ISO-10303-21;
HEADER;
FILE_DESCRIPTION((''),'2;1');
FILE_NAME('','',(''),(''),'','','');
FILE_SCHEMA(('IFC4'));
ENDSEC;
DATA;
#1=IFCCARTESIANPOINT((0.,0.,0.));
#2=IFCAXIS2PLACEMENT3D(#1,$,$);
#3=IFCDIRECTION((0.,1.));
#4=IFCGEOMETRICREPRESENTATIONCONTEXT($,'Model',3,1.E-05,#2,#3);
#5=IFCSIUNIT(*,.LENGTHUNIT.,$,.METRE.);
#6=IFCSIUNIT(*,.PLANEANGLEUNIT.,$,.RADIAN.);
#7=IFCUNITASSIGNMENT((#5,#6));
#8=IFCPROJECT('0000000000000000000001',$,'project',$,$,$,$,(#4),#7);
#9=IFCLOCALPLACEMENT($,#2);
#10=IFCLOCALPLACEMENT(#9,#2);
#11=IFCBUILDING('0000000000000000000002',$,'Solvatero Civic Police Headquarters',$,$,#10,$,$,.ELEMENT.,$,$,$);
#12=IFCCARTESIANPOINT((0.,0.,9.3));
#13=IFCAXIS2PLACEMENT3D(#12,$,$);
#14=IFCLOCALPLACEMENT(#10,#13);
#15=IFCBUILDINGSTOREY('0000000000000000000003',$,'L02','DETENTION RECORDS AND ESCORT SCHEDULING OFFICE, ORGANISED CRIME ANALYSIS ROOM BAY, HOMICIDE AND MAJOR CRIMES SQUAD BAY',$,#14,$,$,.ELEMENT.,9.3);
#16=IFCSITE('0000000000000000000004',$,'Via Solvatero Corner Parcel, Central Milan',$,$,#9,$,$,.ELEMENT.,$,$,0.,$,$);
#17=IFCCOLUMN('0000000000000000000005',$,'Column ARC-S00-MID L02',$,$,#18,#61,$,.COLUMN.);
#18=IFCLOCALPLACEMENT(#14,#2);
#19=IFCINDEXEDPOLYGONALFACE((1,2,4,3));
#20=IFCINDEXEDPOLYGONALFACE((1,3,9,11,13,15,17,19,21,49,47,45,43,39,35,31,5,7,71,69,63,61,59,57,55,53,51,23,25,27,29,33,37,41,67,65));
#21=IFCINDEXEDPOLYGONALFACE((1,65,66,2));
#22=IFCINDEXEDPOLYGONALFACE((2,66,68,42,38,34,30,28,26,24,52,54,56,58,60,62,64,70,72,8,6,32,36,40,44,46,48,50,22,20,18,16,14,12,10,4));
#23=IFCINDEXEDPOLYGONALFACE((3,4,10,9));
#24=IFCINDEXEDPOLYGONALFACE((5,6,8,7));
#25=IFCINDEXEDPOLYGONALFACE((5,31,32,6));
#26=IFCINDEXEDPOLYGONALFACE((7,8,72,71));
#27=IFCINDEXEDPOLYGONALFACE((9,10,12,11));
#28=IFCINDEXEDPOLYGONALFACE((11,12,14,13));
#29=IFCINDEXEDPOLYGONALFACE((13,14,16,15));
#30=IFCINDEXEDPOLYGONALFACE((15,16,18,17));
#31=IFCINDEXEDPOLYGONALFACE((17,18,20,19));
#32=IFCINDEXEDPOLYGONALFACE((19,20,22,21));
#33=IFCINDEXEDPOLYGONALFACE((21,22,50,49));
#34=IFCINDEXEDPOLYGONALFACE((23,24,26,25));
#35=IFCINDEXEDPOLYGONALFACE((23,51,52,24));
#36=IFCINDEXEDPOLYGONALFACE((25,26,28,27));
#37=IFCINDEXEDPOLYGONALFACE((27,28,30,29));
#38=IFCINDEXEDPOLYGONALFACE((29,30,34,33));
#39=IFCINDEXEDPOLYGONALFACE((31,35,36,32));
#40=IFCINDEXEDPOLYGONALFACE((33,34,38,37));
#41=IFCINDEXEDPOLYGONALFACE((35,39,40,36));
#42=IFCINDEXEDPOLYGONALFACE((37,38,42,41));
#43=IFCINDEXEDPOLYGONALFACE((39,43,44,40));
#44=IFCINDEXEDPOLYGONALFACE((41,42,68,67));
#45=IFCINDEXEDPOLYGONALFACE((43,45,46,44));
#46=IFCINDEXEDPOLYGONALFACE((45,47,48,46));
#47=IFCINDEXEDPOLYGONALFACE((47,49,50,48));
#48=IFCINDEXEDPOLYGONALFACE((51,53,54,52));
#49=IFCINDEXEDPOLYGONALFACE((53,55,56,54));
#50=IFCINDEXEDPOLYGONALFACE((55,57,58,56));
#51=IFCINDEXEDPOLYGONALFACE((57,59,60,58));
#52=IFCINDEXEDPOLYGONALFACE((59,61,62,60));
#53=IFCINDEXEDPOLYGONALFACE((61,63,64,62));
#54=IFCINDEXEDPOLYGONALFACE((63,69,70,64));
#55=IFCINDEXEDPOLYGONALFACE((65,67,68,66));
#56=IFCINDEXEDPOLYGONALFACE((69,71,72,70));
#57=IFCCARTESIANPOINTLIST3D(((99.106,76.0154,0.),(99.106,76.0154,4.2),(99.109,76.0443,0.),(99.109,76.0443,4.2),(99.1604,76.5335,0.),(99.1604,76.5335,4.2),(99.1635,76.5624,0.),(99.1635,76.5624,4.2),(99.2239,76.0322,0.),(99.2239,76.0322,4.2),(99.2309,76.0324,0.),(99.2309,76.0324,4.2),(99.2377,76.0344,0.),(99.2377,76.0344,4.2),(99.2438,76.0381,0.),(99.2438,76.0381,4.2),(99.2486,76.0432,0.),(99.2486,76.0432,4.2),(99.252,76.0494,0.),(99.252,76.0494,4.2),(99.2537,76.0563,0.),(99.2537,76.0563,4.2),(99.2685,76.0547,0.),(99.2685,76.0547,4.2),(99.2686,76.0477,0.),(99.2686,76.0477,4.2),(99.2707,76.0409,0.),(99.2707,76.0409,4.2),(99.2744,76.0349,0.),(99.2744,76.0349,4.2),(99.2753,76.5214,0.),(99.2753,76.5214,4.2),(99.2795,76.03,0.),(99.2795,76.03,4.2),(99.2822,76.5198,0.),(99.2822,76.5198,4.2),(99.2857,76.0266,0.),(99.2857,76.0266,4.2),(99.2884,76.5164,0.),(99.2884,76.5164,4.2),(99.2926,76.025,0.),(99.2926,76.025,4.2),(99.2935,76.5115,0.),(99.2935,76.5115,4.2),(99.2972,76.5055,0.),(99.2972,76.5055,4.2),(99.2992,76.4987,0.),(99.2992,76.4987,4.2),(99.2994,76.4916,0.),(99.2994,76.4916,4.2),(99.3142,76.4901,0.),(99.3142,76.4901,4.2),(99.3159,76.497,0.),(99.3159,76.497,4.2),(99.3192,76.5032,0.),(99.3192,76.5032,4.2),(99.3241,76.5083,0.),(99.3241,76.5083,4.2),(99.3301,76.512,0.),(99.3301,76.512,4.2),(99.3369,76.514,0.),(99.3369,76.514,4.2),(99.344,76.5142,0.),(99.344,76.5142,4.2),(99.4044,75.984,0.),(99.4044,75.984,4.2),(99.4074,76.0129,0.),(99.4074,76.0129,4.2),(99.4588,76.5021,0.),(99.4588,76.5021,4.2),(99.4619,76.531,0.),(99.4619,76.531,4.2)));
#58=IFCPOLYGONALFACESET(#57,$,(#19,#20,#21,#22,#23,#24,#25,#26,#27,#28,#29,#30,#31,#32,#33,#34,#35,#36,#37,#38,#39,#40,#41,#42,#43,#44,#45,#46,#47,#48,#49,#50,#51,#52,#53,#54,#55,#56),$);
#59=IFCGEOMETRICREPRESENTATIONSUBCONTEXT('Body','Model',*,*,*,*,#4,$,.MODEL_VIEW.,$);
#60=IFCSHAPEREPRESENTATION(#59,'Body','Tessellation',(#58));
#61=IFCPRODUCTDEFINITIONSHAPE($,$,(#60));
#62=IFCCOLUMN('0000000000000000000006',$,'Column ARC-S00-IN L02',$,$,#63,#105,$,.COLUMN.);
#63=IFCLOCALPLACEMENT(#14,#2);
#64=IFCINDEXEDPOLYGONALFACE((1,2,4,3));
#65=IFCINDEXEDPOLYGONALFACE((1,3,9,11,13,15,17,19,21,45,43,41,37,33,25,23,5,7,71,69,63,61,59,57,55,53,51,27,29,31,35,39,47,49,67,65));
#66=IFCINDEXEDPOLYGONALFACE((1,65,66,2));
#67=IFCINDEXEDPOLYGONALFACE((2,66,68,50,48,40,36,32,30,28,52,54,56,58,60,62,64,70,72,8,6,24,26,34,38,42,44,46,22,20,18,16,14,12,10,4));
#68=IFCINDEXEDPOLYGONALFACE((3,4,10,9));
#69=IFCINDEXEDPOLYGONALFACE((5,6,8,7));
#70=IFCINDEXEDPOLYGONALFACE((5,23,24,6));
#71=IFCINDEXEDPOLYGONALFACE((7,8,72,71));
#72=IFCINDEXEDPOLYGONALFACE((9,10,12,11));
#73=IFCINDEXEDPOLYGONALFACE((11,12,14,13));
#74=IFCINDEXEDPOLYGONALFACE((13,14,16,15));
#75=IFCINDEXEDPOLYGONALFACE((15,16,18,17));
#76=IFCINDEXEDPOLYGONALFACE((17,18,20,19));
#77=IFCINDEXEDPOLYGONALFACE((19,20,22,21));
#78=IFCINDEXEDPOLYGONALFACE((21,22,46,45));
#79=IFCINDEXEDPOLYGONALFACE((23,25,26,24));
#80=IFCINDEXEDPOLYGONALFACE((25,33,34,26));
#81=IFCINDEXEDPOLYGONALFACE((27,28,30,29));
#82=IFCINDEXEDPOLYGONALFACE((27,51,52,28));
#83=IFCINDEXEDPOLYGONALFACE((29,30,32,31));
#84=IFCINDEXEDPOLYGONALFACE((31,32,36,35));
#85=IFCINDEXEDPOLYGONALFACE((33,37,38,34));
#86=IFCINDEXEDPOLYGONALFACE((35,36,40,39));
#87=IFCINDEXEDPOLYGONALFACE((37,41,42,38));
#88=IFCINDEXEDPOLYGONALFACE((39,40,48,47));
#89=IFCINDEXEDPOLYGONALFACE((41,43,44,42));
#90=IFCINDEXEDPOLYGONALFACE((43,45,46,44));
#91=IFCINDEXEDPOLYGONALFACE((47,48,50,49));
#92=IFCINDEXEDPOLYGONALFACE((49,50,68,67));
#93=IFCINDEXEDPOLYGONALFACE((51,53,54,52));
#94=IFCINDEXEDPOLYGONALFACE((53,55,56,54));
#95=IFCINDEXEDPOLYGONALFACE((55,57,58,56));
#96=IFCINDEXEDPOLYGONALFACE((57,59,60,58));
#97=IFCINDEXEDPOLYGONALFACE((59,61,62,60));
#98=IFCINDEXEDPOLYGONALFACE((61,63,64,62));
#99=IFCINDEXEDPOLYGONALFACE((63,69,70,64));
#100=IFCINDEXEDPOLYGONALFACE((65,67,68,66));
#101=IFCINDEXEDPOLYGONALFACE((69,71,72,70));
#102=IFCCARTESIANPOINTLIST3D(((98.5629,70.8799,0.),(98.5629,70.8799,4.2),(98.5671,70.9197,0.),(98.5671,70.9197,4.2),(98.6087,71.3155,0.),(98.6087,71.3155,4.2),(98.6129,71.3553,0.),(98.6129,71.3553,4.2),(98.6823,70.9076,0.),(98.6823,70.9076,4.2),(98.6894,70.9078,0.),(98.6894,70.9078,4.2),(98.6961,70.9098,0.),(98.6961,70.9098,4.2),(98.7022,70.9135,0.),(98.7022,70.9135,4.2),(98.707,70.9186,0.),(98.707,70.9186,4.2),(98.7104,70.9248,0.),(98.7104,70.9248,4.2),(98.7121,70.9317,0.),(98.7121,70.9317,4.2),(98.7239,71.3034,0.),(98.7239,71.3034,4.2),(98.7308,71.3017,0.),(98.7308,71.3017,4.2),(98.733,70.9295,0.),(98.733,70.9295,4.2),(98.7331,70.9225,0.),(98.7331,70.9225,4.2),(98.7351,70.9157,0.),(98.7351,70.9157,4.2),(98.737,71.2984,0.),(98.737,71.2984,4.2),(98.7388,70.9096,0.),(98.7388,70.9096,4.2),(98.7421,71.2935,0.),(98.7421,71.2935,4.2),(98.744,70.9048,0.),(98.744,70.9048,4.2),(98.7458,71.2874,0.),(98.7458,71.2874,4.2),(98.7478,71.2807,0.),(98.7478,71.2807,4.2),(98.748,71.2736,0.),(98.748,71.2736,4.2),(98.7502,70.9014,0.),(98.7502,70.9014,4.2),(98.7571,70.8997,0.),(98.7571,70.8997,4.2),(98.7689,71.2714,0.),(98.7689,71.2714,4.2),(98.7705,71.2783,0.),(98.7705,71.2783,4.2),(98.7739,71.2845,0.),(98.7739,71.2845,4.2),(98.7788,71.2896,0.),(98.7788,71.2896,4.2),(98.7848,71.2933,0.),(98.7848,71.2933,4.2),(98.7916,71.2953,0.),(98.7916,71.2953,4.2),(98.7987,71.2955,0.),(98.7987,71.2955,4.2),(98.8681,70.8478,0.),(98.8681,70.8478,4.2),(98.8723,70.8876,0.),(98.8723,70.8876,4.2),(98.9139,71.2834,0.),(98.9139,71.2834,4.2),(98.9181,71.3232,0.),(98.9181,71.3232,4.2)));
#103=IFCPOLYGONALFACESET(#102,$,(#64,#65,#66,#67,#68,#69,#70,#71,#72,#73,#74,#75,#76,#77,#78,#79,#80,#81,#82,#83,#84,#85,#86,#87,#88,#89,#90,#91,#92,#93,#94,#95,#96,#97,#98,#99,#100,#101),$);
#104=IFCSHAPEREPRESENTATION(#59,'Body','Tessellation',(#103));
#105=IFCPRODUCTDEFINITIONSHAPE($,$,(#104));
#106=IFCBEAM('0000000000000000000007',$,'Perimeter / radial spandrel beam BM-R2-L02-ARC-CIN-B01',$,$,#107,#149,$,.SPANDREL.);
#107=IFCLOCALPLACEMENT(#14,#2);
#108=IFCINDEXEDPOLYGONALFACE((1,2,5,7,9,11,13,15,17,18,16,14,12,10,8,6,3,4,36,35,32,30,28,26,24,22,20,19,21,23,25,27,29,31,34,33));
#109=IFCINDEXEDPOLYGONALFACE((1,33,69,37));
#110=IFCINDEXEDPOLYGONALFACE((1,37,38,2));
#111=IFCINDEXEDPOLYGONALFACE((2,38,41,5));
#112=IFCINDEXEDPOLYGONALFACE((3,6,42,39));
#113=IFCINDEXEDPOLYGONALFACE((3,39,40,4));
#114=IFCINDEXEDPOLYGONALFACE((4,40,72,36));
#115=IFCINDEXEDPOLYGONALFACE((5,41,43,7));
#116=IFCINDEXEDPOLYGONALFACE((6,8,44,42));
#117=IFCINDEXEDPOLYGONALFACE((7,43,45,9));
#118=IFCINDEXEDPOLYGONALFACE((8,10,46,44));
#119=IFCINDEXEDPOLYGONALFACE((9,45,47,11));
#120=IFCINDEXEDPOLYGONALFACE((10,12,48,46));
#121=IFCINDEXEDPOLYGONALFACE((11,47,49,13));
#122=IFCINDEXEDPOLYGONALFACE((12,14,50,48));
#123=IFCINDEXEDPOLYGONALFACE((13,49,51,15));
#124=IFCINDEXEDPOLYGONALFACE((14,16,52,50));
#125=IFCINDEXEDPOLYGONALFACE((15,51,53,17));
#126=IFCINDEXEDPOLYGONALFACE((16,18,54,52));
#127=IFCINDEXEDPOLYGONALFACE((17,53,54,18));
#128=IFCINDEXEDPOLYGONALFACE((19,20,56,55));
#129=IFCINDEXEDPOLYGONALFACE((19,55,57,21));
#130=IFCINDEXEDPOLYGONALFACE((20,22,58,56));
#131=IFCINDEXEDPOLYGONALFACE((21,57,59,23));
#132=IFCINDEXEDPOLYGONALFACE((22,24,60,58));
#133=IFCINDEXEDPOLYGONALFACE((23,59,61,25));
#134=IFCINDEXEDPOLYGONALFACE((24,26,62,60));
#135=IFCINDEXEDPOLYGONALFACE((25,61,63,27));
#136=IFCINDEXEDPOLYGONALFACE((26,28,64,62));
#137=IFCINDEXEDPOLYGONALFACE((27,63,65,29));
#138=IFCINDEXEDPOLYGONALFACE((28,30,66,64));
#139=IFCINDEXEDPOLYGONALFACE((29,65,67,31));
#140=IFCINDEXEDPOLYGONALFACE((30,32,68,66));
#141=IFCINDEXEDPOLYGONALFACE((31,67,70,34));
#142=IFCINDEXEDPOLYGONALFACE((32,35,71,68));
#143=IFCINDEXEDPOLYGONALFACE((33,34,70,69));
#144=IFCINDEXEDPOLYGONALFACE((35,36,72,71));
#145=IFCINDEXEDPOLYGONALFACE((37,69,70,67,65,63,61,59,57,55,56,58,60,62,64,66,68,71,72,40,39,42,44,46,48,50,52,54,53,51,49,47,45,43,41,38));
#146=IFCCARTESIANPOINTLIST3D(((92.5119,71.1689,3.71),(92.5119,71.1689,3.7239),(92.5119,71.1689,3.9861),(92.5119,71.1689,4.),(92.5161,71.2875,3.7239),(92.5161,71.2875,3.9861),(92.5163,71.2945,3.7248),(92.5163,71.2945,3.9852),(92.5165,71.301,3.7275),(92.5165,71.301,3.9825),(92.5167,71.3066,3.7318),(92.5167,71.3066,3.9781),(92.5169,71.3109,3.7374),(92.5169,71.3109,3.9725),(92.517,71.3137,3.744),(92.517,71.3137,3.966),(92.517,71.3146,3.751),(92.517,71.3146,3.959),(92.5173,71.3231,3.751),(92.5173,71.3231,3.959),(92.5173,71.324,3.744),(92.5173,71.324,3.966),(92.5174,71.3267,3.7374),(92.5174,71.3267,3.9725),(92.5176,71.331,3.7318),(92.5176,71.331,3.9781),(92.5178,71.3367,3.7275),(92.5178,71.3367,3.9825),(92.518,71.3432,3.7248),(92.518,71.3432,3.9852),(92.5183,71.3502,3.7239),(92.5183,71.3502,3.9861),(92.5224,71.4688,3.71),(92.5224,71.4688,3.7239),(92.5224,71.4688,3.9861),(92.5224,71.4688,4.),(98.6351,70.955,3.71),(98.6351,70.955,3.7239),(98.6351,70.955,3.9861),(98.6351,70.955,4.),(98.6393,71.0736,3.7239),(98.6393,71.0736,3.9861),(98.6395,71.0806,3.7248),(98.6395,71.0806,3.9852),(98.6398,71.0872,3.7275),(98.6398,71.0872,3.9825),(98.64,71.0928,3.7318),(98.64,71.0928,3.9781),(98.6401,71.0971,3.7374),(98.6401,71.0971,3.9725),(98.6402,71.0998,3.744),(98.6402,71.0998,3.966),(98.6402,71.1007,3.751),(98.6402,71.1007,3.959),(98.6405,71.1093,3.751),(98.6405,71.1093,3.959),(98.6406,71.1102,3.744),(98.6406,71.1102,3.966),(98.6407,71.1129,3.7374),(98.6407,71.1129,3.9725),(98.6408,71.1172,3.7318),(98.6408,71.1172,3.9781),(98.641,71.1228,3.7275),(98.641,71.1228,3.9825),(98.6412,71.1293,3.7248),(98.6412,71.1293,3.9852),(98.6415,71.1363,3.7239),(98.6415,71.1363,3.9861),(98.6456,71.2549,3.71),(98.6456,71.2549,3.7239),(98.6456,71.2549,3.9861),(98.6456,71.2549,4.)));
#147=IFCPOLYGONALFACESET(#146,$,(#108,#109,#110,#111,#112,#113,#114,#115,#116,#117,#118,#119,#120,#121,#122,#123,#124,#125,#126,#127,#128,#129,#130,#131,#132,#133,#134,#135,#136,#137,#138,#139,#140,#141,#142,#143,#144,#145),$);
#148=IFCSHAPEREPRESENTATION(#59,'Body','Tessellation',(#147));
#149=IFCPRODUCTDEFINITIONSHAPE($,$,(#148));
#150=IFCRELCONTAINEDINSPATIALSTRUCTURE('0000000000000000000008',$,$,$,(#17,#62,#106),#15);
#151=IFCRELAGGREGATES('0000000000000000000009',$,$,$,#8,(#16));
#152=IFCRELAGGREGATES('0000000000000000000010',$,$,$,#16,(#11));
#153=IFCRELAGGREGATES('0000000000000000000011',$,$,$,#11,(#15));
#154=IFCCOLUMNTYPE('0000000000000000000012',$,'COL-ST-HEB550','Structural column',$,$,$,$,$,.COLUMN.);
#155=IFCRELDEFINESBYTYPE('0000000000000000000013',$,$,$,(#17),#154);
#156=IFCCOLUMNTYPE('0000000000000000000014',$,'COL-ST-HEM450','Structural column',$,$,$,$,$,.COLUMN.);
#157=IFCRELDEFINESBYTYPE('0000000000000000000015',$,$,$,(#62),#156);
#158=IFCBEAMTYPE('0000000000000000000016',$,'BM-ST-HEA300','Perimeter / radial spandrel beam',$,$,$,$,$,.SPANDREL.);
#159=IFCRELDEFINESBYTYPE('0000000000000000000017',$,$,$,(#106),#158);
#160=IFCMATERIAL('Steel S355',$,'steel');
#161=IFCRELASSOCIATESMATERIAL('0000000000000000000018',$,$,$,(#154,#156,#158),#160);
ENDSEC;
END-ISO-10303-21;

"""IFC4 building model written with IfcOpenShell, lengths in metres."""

from ifc_helpers import new_model, si_unit, direction, frame, origin, origin_2d, place, context, subcontext, project, spatial, i_section, extrude, material, material_profile, profile_set, type_object, element, save


model = new_model("IFC4")

# Units and contexts
model_context = context("Model", 3, precision=1e-05, world=origin(), true_north=direction((0.0, 1.0)))
body_context = subcontext(model_context, "Body", "Model", "MODEL_VIEW")
ifc_project = project(units=[si_unit("LENGTHUNIT", "METRE"), si_unit("PLANEANGLEUNIT", "RADIAN")], contexts=[model_context])

# Site, building, storey
site_placement = place(None, origin())
site = spatial("IfcSite", under=ifc_project, at=site_placement, Name="Via Solvatero Corner Parcel, Central Milan", CompositionType="ELEMENT", RefElevation=0.0)
building_placement = place(site_placement, origin())
building = spatial("IfcBuilding", under=site, at=building_placement, Name="Solvatero Civic Police Headquarters", CompositionType="ELEMENT")
storey_placement = place(building_placement, frame((0.0, 0.0, 9.3)))
storey = spatial("IfcBuildingStorey", under=building, at=storey_placement, Name="L02", Description="DETENTION RECORDS AND ESCORT SCHEDULING OFFICE, ORGANISED CRIME ANALYSIS ROOM BAY, HOMICIDE AND MAJOR CRIMES SQUAD BAY", CompositionType="ELEMENT", Elevation=9.3)

# Columns
ifc_material_1 = material(Name="Steel S355", Category="steel")
ifc_material_profile_1 = material_profile(ifc_material_1, i_section(OverallWidth=0.3, OverallDepth=0.55, WebThickness=0.0149, FlangeThickness=0.0291, FilletRadius=0.0271, at=origin_2d()), Name="HEB 550")
ifc_profile_set_1 = profile_set([ifc_material_profile_1], Name="Steel S355")
column_type_1 = type_object("IfcColumnType", Name="COL-ST-HEB550", Description="Structural column", PredefinedType="COLUMN", material=ifc_profile_set_1)
column_1_placement = place(storey_placement, frame((99.2839, 76.2732, 0.0), z_axis=(0.0, 0.0, 1.0), x_axis=(0.994522, -0.104528, 0.0)))
element("IfcColumn", 1, at=column_1_placement, inside=storey, type_object=column_type_1, Name="Column ARC-S00-MID L02", PredefinedType="COLUMN", context=body_context, shape_type="SweptSolid", body=[
    extrude(i_section(OverallWidth=0.3, OverallDepth=0.55, WebThickness=0.0149, FlangeThickness=0.0291, FilletRadius=0.0271, at=origin_2d()), origin(), (0.0, 0.0, 1.0), 4.2),
])
ifc_material_profile_2 = material_profile(ifc_material_1, i_section(OverallWidth=0.3069, OverallDepth=0.478, WebThickness=0.021, FlangeThickness=0.04, FilletRadius=0.0271, at=origin_2d()), Name="HEM 450")
ifc_profile_set_2 = profile_set([ifc_material_profile_2], Name="Steel S355")
column_type_2 = type_object("IfcColumnType", Name="COL-ST-HEM450", Description="Structural column", PredefinedType="COLUMN", material=ifc_profile_set_2)
column_2_placement = place(storey_placement, frame((98.7405, 71.1016, 0.0), z_axis=(0.0, 0.0, 1.0), x_axis=(0.994522, -0.104528, 0.0)))
element("IfcColumn", 2, at=column_2_placement, inside=storey, type_object=column_type_2, Name="Column ARC-S00-IN L02", PredefinedType="COLUMN", context=body_context, shape_type="SweptSolid", body=[
    extrude(i_section(OverallWidth=0.3069, OverallDepth=0.478, WebThickness=0.021, FlangeThickness=0.04, FilletRadius=0.0271, at=origin_2d()), origin(), (0.0, 0.0, 1.0), 4.2),
])

# Beam
ifc_material_profile_3 = material_profile(ifc_material_1, i_section(OverallWidth=0.3, OverallDepth=0.29, WebThickness=0.0085, FlangeThickness=0.0139, FilletRadius=0.0271, at=origin_2d()), Name="HEA 300")
ifc_profile_set_3 = profile_set([ifc_material_profile_3], Name="Steel S355")
beam_type_1 = type_object("IfcBeamType", Name="BM-ST-HEA300", Description="Perimeter / radial spandrel beam", PredefinedType="SPANDREL", material=ifc_profile_set_3)
beam_1_placement = place(storey_placement, frame((98.6404, 71.105, 3.855), z_axis=(-0.999391, 0.034906, 0.0), x_axis=(-0.034906, -0.999391, 0.0)))
element("IfcBeam", 3, at=beam_1_placement, inside=storey, type_object=beam_type_1, Name="Perimeter / radial spandrel beam BM-R2-L02-ARC-CIN-B01", PredefinedType="SPANDREL", context=body_context, shape_type="SweptSolid", body=[
    extrude(i_section(OverallWidth=0.3, OverallDepth=0.29, WebThickness=0.0085, FlangeThickness=0.0139, FilletRadius=0.0271, at=origin_2d()), origin(), (0.0, 0.0, 1.0), 6.127),
])

save(model, "model.ifc")
